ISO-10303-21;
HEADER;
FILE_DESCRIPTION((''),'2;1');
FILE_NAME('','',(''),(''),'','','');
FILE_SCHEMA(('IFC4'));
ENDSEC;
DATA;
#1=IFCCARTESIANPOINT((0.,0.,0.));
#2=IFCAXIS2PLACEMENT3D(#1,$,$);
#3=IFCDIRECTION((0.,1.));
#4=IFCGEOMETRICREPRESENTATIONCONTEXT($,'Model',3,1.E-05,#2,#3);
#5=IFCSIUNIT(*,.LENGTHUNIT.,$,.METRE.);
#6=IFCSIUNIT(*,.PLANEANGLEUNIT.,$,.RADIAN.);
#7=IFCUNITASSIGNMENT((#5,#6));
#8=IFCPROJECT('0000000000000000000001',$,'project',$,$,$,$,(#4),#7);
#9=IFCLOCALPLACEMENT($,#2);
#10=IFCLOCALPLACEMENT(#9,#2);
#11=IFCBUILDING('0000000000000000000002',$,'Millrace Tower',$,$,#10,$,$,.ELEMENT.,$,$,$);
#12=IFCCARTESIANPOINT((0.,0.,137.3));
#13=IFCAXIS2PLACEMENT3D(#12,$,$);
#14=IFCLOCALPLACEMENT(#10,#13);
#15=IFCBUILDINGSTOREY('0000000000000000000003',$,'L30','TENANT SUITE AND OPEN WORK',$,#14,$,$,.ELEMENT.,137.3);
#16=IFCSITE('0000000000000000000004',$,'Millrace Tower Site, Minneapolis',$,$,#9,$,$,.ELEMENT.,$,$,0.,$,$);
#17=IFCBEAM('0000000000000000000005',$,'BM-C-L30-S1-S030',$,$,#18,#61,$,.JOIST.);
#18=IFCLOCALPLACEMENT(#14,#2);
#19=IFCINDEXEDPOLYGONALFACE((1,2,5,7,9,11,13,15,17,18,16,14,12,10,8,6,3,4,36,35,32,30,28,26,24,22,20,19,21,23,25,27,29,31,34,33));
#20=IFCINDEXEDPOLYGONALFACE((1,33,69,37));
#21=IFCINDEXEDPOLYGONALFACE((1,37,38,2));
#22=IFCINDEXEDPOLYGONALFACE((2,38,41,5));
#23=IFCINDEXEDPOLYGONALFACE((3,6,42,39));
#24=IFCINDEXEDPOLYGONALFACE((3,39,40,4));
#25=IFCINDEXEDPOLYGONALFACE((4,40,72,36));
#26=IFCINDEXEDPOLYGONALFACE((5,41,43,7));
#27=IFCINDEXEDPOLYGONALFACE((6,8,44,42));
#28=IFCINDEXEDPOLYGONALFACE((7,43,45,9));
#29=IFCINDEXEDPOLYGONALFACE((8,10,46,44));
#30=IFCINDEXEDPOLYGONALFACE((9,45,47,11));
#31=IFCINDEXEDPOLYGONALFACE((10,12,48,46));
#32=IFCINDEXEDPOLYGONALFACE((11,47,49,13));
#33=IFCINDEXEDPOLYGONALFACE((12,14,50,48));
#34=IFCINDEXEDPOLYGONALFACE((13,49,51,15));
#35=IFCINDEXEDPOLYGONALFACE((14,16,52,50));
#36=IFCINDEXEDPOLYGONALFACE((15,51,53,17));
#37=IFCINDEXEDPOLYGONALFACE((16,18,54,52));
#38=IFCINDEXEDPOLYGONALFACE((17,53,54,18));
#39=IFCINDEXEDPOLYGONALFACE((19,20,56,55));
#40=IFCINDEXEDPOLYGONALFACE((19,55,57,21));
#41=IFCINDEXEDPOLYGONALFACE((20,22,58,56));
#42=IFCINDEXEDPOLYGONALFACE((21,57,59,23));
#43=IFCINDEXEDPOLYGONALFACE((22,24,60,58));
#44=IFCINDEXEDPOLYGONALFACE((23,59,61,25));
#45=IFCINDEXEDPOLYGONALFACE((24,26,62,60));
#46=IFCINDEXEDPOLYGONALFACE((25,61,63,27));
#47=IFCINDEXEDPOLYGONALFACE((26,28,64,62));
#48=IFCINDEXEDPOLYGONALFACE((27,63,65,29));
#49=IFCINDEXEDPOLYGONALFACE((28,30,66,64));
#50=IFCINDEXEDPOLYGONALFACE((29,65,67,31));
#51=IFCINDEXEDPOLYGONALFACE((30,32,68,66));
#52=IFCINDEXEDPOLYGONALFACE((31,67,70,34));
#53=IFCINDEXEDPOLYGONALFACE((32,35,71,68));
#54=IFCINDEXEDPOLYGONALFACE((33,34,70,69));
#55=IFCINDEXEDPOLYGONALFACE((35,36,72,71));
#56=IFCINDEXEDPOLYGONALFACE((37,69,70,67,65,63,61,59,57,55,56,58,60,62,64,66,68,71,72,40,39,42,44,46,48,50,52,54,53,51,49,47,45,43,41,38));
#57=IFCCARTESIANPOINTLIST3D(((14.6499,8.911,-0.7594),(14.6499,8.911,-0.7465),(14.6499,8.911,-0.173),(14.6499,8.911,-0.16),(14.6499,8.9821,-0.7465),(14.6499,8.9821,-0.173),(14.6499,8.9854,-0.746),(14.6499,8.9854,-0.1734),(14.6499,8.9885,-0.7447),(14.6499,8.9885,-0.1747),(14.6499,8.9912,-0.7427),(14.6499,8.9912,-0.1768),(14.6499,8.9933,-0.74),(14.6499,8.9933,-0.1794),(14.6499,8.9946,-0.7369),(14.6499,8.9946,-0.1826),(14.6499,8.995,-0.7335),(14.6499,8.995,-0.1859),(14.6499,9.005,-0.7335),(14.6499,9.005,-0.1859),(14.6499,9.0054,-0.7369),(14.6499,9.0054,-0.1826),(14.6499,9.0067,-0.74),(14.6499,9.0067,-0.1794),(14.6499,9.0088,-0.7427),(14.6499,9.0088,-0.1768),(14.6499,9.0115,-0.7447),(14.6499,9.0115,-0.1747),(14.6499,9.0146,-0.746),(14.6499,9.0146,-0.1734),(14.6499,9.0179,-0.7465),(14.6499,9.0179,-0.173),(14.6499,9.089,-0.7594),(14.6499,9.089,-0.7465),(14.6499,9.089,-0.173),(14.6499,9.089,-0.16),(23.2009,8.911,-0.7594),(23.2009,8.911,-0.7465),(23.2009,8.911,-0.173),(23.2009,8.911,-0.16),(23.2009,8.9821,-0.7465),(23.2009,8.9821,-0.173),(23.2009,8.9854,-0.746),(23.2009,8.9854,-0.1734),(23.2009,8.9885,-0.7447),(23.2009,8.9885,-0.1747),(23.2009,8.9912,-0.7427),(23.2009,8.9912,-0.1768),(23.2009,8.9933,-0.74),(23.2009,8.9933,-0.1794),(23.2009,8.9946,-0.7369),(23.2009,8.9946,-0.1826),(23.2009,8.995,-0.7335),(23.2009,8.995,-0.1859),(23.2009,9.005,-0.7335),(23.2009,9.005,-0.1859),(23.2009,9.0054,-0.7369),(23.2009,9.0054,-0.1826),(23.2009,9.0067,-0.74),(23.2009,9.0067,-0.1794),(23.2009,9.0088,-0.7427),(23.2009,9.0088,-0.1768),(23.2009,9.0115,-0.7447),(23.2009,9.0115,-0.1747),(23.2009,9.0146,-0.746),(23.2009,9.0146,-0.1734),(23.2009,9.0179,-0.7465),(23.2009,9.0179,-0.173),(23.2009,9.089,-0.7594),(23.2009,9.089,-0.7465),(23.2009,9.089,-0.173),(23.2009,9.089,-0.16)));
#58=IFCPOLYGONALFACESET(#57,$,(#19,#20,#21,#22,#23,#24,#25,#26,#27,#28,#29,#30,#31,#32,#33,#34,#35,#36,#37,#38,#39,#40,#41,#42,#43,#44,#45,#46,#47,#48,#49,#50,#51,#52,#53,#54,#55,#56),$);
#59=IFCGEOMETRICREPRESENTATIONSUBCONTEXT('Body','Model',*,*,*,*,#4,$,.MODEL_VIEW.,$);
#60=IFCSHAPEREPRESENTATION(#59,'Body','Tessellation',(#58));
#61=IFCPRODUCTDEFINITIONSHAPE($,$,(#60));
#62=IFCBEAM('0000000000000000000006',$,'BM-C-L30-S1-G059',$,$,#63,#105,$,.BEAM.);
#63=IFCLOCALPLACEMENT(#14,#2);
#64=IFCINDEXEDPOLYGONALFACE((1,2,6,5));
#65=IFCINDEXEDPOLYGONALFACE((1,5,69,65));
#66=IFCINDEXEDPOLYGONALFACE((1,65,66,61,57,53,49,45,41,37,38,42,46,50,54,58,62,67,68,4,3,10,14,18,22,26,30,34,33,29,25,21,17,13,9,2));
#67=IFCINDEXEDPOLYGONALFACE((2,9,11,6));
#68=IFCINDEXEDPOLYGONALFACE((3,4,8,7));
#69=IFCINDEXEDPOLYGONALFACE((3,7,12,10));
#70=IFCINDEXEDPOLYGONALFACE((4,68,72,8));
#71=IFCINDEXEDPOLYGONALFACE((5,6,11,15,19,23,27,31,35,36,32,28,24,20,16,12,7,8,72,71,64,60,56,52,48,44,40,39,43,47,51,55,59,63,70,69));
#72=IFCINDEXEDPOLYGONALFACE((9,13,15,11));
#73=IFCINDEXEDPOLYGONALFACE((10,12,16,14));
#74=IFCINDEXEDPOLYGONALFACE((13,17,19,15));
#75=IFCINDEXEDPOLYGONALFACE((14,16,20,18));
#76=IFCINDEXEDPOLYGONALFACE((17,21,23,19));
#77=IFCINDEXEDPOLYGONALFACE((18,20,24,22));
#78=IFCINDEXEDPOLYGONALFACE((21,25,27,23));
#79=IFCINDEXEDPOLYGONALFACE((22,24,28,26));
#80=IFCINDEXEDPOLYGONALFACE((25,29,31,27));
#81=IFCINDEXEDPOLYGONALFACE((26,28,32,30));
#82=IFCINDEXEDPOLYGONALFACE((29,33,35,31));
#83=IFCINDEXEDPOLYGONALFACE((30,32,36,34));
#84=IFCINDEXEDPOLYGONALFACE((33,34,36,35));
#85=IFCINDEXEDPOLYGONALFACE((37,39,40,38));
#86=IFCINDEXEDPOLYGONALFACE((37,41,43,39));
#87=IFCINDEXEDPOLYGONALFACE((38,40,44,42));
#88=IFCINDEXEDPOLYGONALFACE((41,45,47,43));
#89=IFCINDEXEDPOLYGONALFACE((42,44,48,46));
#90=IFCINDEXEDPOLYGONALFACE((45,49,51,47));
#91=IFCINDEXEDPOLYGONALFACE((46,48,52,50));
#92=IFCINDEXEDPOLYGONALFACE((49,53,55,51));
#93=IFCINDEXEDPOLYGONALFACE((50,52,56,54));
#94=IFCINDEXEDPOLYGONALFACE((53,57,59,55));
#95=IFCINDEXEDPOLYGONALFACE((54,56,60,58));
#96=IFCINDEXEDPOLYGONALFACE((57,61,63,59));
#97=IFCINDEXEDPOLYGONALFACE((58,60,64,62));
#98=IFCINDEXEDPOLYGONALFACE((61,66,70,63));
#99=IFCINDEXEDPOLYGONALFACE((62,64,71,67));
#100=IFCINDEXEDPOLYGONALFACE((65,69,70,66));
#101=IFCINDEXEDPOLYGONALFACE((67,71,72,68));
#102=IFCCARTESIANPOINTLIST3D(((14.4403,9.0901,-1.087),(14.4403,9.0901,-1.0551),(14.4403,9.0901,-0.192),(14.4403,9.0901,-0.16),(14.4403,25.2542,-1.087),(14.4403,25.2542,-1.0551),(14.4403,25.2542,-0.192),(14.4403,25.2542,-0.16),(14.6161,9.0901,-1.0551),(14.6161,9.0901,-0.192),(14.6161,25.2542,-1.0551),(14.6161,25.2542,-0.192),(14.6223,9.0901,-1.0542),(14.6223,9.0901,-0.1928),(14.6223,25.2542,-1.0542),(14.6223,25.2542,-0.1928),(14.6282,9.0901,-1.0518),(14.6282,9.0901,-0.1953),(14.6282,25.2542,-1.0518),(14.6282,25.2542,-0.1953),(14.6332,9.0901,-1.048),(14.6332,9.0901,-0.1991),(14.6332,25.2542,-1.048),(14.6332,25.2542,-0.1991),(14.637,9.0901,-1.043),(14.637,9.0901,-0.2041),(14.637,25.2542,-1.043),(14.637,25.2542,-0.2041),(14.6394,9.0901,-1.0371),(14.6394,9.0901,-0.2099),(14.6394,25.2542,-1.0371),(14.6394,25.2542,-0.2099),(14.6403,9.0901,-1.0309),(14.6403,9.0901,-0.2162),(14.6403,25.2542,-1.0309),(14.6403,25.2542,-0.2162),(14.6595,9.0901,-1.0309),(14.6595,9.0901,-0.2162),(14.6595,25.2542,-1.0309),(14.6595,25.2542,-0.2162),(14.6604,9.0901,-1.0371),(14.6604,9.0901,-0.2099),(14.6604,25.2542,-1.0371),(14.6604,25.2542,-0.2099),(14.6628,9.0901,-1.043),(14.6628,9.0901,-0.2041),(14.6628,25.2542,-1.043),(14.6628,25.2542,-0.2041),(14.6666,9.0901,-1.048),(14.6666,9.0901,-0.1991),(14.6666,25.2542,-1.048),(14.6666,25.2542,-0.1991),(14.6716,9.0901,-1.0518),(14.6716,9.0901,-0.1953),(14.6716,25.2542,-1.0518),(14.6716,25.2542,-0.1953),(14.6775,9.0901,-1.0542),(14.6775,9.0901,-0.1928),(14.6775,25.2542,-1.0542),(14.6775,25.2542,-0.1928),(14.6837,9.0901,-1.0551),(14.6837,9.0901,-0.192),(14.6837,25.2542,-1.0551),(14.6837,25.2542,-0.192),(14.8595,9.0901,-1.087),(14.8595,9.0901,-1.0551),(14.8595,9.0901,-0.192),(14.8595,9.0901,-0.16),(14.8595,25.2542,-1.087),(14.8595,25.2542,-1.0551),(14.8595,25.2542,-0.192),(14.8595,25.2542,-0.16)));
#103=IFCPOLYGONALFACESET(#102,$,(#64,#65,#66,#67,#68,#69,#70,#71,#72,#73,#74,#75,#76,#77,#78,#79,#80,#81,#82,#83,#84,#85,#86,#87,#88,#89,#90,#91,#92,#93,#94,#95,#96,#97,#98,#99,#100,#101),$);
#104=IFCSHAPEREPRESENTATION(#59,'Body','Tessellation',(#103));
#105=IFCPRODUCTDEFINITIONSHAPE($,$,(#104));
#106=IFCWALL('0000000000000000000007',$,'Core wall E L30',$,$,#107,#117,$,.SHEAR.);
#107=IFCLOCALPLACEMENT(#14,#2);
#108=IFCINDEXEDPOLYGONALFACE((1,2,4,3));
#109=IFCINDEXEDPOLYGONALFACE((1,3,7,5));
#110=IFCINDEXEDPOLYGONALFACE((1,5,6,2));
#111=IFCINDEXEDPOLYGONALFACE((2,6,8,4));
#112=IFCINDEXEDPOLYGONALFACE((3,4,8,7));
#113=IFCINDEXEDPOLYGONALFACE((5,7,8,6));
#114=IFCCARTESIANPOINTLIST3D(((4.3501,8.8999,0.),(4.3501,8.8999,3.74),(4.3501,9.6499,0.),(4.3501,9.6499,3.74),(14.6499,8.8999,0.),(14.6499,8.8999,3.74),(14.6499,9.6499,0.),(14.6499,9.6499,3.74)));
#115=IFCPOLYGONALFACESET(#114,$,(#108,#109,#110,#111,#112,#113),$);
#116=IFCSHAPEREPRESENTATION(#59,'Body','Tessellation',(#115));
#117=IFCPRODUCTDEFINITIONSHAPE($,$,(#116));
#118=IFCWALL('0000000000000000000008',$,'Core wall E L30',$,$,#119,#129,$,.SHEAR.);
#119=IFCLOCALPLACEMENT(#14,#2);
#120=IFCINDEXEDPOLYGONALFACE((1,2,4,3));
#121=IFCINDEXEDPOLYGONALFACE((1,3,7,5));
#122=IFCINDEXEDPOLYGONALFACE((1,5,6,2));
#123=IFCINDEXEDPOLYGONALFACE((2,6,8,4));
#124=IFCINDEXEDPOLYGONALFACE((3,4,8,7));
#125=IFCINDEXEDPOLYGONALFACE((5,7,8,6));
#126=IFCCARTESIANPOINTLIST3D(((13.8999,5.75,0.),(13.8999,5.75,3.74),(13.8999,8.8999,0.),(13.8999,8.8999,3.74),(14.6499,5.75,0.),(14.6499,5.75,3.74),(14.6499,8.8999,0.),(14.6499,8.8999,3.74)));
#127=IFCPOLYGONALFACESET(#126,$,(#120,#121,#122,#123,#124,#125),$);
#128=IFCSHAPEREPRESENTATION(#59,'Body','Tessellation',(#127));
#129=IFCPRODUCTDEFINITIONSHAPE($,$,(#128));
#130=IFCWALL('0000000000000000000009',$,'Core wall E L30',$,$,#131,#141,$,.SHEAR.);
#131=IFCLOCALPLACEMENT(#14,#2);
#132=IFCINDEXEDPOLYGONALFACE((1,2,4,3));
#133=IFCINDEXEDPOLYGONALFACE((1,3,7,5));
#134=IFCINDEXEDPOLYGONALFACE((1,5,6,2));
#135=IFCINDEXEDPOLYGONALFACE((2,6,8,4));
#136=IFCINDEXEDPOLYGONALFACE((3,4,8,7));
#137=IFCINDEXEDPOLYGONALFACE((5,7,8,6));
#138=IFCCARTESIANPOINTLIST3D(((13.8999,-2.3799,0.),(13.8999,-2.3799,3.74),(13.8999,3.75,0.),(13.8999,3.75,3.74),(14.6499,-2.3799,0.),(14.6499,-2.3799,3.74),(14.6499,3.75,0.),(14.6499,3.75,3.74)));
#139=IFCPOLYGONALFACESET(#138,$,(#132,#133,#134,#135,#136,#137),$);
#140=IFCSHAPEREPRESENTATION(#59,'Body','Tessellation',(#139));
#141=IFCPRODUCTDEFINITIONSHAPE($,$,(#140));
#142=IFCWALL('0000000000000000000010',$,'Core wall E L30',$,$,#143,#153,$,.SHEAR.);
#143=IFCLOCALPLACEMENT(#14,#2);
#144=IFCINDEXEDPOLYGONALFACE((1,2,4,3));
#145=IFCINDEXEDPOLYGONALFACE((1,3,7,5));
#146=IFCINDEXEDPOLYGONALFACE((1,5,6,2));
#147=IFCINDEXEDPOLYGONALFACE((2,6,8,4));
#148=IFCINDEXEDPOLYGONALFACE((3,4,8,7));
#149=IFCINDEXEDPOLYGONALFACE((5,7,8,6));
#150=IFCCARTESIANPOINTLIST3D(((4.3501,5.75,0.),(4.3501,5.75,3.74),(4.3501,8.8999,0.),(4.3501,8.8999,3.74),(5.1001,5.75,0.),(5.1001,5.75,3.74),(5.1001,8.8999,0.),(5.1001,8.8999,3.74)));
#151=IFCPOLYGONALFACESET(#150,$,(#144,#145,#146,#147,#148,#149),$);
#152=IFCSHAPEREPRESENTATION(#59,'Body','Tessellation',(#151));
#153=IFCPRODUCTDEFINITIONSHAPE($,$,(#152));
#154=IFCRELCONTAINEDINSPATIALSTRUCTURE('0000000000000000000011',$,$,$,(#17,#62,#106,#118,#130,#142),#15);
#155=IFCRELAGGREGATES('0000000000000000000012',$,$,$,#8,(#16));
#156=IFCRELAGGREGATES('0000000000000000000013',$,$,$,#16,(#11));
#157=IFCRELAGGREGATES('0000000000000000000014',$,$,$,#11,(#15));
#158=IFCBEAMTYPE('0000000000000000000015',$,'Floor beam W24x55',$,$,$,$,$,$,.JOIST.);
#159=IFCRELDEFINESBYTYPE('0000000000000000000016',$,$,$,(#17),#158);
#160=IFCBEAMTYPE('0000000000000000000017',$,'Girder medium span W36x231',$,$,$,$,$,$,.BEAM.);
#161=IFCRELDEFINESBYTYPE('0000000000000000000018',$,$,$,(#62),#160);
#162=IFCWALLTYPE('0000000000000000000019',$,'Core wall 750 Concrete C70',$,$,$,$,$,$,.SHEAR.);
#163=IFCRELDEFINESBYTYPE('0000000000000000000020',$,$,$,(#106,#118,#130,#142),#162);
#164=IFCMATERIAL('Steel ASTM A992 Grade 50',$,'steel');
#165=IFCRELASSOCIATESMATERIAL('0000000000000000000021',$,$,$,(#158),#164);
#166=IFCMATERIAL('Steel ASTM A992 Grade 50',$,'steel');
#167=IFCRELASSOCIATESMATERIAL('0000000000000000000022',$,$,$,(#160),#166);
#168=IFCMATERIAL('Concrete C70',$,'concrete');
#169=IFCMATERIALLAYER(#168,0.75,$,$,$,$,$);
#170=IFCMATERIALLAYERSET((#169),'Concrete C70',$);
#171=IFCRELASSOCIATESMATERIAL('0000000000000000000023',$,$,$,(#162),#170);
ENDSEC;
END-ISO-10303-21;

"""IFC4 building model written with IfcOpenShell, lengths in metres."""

from ifc_helpers import new_model, si_unit, direction, frame, frame_2d, origin, origin_2d, place, context, subcontext, project, spatial, rectangle, i_section, extrude, material, layer, layer_set, material_profile, profile_set, type_object, element, save


model = new_model("IFC4")

# Units and contexts
model_context = context("Model", 3, precision=1e-05, world=origin(), true_north=direction((0.0, 1.0)))
body_context = subcontext(model_context, "Body", "Model", "MODEL_VIEW")
ifc_project = project(units=[si_unit("LENGTHUNIT", "METRE"), si_unit("PLANEANGLEUNIT", "RADIAN")], contexts=[model_context])

# Site, building, storey
site_placement = place(None, origin())
site = spatial("IfcSite", under=ifc_project, at=site_placement, Name="Millrace Tower Site, Minneapolis", CompositionType="ELEMENT", RefElevation=0.0)
building_placement = place(site_placement, origin())
building = spatial("IfcBuilding", under=site, at=building_placement, Name="Millrace Tower", CompositionType="ELEMENT")
storey_placement = place(building_placement, frame((0.0, 0.0, 137.3)))
storey = spatial("IfcBuildingStorey", under=building, at=storey_placement, Name="L30", Description="TENANT SUITE AND OPEN WORK", CompositionType="ELEMENT", Elevation=137.3)

# Beams
ifc_material_1 = material(Name="Steel ASTM A992 Grade 50", Category="steel")
ifc_material_profile_1 = material_profile(ifc_material_1, i_section(OverallWidth=0.178, OverallDepth=0.5994, WebThickness=0.01, FlangeThickness=0.0129, FilletRadius=0.0129, at=origin_2d()))
ifc_profile_set_1 = profile_set([ifc_material_profile_1], Name="Steel ASTM A992 Grade 50")
beam_type_1 = type_object("IfcBeamType", Name="Floor beam W24x55", PredefinedType="JOIST", material=ifc_profile_set_1)
beam_1_placement = place(storey_placement, frame((14.6499, 9.0, -0.4597), z_axis=(1.0, 0.0, 0.0), x_axis=(0.0, 1.0, 0.0)))
element("IfcBeam", 1, at=beam_1_placement, inside=storey, type_object=beam_type_1, Name="BM-C-L30-S1-S030", PredefinedType="JOIST", context=body_context, shape_type="SweptSolid", body=[
    extrude(i_section(OverallWidth=0.178, OverallDepth=0.5994, WebThickness=0.01, FlangeThickness=0.0129, FilletRadius=0.0129, at=origin_2d()), origin(), (0.0, 0.0, 1.0), 8.551),
])
ifc_material_2 = material(Name="Steel ASTM A992 Grade 50", Category="steel")
ifc_material_profile_2 = material_profile(ifc_material_2, i_section(OverallWidth=0.4192, OverallDepth=0.927, WebThickness=0.0193, FlangeThickness=0.032, FilletRadius=0.0242, at=origin_2d()))
ifc_profile_set_2 = profile_set([ifc_material_profile_2], Name="Steel ASTM A992 Grade 50")
beam_type_2 = type_object("IfcBeamType", Name="Girder medium span W36x231", PredefinedType="BEAM", material=ifc_profile_set_2)
beam_2_placement = place(storey_placement, frame((14.6499, 9.0901, -0.6235), z_axis=(0.0, 1.0, 0.0), x_axis=(-1.0, 0.0, 0.0)))
element("IfcBeam", 2, at=beam_2_placement, inside=storey, type_object=beam_type_2, Name="BM-C-L30-S1-G059", PredefinedType="BEAM", context=body_context, shape_type="SweptSolid", body=[
    extrude(i_section(OverallWidth=0.4192, OverallDepth=0.927, WebThickness=0.0193, FlangeThickness=0.032, FilletRadius=0.0242, at=origin_2d()), origin(), (0.0, 0.0, 1.0), 16.1641),
])

# Walls
ifc_material_3 = material(Name="Concrete C70", Category="concrete")
ifc_layer_1 = layer(ifc_material_3, 0.75)
ifc_layer_set_1 = layer_set([ifc_layer_1], Name="Concrete C70")
wall_type_1 = type_object("IfcWallType", Name="Core wall 750 Concrete C70", PredefinedType="SHEAR", material=ifc_layer_set_1)
wall_1_placement = place(storey_placement, frame((14.6499, 9.2749, 0.0), z_axis=(0.0, 0.0, 1.0), x_axis=(-1.0, 0.0, 0.0)))
element("IfcWall", 3, at=wall_1_placement, inside=storey, type_object=wall_type_1, Name="Core wall E L30", PredefinedType="SHEAR", context=body_context, shape_type="SweptSolid", body=[
    extrude(rectangle(XDim=10.2998, YDim=0.75, at=frame_2d((5.1499, 0.0))), origin(), (0.0, 0.0, 1.0), 3.74),
])
wall_2_placement = place(storey_placement, frame((14.2749, 8.8999, 0.0), z_axis=(0.0, 0.0, 1.0), x_axis=(0.0, -1.0, 0.0)))
element("IfcWall", 4, at=wall_2_placement, inside=storey, type_object=wall_type_1, Name="Core wall E L30", PredefinedType="SHEAR", context=body_context, shape_type="SweptSolid", body=[
    extrude(rectangle(XDim=3.1499, YDim=0.75, at=frame_2d((1.575, 0.0))), origin(), (0.0, 0.0, 1.0), 3.74),
])
wall_3_placement = place(storey_placement, frame((14.2749, 3.75, 0.0), z_axis=(0.0, 0.0, 1.0), x_axis=(0.0, -1.0, 0.0)))
element("IfcWall", 5, at=wall_3_placement, inside=storey, type_object=wall_type_1, Name="Core wall E L30", PredefinedType="SHEAR", context=body_context, shape_type="SweptSolid", body=[
    extrude(rectangle(XDim=6.1299, YDim=0.75, at=frame_2d((3.0649, 0.0))), origin(), (0.0, 0.0, 1.0), 3.74),
])
wall_4_placement = place(storey_placement, frame((4.7251, 8.8999, 0.0), z_axis=(0.0, 0.0, 1.0), x_axis=(0.0, -1.0, 0.0)))
element("IfcWall", 6, at=wall_4_placement, inside=storey, type_object=wall_type_1, Name="Core wall E L30", PredefinedType="SHEAR", context=body_context, shape_type="SweptSolid", body=[
    extrude(rectangle(XDim=3.1499, YDim=0.75, at=frame_2d((1.575, 0.0))), origin(), (0.0, 0.0, 1.0), 3.74),
])

save(model, "model.ifc")
